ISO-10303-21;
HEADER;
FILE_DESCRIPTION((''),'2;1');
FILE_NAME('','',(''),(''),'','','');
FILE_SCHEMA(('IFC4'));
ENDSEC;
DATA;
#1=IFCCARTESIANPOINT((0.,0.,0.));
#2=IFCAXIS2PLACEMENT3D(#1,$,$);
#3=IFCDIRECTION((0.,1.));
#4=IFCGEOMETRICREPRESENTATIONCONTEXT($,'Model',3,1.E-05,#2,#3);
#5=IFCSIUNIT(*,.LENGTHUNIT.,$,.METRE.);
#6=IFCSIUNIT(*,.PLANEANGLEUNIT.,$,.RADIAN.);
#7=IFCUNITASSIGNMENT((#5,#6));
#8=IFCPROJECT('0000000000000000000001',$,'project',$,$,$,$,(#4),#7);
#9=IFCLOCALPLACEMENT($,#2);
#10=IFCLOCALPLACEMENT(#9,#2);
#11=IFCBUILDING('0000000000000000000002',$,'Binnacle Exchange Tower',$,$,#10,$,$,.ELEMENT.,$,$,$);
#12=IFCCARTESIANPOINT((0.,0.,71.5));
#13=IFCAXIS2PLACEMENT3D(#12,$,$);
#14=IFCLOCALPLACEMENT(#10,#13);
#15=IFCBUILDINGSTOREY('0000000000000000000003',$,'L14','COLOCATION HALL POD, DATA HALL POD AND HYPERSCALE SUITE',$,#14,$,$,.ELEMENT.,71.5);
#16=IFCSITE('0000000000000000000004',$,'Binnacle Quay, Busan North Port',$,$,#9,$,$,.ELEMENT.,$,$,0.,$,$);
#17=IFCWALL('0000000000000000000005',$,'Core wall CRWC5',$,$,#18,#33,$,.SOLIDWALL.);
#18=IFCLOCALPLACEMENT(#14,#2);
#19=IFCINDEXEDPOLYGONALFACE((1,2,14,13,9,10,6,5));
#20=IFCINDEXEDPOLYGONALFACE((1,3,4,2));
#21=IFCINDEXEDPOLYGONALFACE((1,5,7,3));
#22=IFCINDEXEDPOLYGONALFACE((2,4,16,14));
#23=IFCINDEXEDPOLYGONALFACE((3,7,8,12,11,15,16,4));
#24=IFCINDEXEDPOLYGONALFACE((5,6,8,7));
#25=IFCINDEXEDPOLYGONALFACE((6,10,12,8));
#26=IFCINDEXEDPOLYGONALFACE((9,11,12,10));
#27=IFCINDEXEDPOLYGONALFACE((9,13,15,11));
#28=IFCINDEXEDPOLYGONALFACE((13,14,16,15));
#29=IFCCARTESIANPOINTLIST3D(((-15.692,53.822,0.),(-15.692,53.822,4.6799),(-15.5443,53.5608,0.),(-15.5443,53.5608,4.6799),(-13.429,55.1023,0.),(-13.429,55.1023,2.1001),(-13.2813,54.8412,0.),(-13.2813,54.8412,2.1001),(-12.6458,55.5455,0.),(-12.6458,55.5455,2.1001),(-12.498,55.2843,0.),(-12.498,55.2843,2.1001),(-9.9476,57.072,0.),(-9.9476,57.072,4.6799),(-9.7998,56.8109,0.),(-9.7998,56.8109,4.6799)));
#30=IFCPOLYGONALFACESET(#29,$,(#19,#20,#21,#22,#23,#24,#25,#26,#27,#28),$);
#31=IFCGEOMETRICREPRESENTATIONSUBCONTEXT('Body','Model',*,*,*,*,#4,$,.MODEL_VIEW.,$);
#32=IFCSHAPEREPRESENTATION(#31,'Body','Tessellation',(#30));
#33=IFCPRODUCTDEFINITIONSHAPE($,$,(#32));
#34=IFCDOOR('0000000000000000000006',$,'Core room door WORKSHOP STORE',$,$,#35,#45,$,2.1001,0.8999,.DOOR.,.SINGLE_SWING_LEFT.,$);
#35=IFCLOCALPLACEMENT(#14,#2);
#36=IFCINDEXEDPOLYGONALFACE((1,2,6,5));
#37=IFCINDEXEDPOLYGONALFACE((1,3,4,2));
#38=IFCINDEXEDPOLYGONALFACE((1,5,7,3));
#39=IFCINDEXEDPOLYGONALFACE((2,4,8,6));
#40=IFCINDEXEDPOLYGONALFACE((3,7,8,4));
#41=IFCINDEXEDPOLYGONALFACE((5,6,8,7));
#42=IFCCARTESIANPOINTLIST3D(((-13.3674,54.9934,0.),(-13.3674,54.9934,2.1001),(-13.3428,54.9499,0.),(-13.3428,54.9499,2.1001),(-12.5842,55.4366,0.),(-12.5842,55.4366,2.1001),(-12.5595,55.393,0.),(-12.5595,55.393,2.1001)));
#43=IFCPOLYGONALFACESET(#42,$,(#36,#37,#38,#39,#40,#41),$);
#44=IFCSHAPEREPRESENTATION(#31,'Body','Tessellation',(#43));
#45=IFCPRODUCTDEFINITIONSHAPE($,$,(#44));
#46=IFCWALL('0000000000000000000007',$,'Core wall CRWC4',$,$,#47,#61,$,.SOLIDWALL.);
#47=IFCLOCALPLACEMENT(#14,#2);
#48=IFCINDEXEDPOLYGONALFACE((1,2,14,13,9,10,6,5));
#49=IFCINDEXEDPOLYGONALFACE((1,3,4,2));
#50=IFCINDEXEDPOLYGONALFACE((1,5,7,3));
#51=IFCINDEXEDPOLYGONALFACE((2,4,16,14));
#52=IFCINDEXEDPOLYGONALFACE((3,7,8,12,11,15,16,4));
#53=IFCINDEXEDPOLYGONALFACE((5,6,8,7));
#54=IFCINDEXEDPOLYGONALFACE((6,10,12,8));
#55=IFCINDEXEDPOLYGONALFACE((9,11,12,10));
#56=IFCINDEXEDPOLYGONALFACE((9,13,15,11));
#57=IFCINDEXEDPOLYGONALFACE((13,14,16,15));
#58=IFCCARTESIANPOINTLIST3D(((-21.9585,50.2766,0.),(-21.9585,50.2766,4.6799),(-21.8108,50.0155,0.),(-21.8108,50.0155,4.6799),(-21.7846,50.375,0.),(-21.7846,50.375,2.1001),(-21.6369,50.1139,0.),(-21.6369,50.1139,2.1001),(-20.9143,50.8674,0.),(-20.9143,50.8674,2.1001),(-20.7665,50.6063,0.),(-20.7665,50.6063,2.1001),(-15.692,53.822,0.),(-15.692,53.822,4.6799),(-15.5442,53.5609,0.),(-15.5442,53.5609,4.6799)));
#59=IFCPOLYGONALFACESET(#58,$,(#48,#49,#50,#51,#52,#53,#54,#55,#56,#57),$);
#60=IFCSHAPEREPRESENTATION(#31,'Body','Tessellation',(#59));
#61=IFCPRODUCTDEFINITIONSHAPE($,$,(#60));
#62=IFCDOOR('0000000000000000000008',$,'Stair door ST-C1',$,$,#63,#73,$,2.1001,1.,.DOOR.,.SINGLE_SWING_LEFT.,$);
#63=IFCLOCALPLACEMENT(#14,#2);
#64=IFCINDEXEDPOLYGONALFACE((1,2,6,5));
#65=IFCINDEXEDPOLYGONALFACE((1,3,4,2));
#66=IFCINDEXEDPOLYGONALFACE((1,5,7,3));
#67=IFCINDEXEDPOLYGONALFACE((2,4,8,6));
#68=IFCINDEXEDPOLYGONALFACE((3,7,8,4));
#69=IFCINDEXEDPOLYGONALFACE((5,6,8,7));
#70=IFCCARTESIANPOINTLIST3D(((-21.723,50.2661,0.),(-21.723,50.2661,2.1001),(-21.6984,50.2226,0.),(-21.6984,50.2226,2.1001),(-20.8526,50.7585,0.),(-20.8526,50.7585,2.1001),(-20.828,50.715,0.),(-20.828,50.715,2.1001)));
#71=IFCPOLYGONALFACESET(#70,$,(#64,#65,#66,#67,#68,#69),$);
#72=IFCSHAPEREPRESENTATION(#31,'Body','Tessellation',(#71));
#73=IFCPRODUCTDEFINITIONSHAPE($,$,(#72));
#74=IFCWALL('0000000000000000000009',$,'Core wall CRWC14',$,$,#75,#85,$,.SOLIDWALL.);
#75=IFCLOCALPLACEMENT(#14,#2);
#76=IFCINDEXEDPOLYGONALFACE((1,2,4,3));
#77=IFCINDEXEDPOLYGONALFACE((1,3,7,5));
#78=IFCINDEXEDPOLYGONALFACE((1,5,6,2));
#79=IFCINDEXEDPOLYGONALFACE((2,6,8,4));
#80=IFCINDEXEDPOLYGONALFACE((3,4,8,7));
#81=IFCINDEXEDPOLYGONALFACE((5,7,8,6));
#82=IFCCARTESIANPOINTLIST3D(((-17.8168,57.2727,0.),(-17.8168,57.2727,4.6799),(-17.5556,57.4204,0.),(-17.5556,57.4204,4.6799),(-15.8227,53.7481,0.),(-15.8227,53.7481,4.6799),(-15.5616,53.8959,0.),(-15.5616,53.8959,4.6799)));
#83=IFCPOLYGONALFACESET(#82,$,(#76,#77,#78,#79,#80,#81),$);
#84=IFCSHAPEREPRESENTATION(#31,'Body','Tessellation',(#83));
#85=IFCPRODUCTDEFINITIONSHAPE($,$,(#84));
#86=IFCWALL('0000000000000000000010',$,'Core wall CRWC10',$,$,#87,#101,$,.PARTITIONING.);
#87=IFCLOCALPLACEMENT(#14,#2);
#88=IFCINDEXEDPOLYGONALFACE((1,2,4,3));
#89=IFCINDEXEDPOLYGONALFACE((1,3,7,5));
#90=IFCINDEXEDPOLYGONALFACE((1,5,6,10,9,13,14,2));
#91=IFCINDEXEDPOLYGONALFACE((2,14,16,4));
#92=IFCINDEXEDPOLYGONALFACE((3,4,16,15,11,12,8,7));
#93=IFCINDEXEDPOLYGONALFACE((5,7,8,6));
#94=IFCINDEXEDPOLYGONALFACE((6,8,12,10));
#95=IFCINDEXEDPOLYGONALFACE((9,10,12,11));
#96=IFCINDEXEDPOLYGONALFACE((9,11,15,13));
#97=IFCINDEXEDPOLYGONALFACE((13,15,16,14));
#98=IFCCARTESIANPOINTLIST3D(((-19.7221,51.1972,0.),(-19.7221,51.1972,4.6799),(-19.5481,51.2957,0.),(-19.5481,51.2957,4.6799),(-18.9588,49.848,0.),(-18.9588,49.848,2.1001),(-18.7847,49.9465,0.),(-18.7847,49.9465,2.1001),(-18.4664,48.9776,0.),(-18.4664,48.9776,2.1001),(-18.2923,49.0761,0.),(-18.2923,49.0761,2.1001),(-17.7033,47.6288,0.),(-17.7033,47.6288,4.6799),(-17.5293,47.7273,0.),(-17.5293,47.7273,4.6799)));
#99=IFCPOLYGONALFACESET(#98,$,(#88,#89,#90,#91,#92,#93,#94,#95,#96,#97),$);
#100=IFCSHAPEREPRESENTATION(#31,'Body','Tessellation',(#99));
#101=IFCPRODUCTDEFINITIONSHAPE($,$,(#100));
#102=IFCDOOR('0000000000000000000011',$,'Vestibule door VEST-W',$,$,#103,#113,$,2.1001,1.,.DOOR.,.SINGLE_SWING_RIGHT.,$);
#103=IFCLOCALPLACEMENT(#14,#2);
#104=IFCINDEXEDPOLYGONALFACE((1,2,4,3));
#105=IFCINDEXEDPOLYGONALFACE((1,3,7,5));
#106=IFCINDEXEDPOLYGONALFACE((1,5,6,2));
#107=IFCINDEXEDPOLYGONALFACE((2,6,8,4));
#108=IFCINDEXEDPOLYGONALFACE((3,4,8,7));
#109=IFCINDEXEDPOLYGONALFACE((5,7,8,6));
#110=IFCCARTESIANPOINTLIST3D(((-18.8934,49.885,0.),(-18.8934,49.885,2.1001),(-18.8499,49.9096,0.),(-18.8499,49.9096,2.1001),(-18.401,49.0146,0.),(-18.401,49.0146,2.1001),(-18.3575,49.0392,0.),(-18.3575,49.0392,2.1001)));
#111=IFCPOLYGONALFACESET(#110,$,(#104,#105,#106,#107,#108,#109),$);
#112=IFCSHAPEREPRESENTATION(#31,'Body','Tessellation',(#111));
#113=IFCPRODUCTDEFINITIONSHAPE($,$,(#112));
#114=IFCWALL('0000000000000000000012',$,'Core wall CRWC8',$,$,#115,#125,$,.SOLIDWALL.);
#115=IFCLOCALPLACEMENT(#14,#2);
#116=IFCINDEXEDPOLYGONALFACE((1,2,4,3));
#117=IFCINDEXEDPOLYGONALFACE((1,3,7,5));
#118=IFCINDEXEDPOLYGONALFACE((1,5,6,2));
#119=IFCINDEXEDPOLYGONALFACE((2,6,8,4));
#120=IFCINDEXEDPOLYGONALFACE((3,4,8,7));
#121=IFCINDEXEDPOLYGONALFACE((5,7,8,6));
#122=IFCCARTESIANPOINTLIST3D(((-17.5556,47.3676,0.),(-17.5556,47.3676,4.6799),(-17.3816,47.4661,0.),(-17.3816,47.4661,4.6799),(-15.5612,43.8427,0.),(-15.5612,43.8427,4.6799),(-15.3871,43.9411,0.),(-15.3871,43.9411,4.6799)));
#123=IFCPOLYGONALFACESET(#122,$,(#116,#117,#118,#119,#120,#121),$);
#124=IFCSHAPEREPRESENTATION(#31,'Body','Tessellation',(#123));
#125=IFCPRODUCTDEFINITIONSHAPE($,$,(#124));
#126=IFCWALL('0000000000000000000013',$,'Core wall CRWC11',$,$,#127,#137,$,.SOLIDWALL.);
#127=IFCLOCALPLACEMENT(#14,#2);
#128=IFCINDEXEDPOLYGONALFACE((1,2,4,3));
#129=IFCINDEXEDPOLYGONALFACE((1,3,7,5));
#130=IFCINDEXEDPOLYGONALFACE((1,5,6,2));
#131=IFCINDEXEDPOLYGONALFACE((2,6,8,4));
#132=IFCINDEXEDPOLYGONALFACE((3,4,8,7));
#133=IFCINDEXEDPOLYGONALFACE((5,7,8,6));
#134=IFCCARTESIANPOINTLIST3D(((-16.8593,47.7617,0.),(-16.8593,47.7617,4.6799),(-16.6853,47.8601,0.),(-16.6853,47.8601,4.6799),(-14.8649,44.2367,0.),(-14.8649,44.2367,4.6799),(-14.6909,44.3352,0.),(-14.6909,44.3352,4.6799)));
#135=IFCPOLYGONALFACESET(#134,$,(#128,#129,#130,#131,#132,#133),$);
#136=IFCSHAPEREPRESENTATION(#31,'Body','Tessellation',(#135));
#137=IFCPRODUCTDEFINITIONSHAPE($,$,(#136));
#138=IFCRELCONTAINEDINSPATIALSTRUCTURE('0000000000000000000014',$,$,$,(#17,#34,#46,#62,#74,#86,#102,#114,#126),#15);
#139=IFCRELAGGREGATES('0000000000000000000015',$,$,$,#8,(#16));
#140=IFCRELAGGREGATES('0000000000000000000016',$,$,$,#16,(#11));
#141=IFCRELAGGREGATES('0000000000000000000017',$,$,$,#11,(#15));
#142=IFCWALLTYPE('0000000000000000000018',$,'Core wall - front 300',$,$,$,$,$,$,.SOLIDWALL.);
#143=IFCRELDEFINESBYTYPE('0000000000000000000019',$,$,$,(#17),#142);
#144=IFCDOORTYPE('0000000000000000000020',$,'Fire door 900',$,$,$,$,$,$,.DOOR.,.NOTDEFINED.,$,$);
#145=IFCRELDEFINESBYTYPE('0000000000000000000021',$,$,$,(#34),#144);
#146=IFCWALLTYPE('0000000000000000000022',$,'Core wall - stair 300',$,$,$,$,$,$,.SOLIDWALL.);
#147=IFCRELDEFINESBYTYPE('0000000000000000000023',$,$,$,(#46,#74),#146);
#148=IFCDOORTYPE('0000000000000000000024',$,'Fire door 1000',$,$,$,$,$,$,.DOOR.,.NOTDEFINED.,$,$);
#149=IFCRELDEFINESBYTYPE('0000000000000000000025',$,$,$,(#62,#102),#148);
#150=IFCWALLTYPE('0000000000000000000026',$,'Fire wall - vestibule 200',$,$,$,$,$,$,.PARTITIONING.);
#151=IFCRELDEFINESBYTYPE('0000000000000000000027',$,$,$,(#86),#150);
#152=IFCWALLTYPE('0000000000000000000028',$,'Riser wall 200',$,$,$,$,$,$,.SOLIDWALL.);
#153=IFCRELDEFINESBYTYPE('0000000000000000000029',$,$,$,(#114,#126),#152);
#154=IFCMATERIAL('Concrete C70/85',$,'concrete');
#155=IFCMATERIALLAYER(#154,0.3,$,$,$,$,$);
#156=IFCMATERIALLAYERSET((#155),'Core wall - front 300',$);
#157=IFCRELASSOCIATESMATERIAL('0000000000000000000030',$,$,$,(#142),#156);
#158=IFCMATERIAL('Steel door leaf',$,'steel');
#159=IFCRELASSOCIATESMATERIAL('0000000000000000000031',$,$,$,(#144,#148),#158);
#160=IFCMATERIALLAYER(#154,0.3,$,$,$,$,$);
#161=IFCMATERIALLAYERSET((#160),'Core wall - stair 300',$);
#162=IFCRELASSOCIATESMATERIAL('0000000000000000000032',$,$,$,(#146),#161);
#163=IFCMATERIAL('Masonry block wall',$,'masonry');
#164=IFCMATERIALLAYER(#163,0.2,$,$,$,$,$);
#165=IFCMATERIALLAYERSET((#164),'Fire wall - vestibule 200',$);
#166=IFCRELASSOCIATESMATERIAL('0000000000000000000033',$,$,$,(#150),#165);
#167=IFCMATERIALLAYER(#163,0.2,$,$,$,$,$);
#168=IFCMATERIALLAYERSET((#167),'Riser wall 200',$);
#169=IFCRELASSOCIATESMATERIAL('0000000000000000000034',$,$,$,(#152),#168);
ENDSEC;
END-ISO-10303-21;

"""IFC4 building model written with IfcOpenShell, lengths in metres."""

from ifc_helpers import new_model, si_unit, direction, frame, frame_2d, origin, place, context, subcontext, project, spatial, rectangle, extrude, material, layer, layer_set, type_object, element, fill, save


model = new_model("IFC4")

# Units and contexts
model_context = context("Model", 3, precision=1e-05, world=origin(), true_north=direction((0.0, 1.0)))
body_context = subcontext(model_context, "Body", "Model", "MODEL_VIEW")
ifc_project = project(units=[si_unit("LENGTHUNIT", "METRE"), si_unit("PLANEANGLEUNIT", "RADIAN")], contexts=[model_context])

# Site, building, storey
site_placement = place(None, origin())
site = spatial("IfcSite", under=ifc_project, at=site_placement, Name="Binnacle Quay, Busan North Port", CompositionType="ELEMENT", RefElevation=0.0)
building_placement = place(site_placement, origin())
building = spatial("IfcBuilding", under=site, at=building_placement, Name="Binnacle Exchange Tower", CompositionType="ELEMENT")
storey_placement = place(building_placement, frame((0.0, 0.0, 71.5)))
storey = spatial("IfcBuildingStorey", under=building, at=storey_placement, Name="L14", Description="COLOCATION HALL POD, DATA HALL POD AND HYPERSCALE SUITE", CompositionType="ELEMENT", Elevation=71.5)

# Shared definitions
ifc_material_1 = material(Name="Concrete C70/85", Category="concrete")

# Shared definitions
ifc_layer_1 = layer(ifc_material_1, 0.3)
ifc_layer_set_1 = layer_set([ifc_layer_1], Name="Core wall - front 300")
wall_type_1 = type_object("IfcWallType", Name="Core wall - front 300", PredefinedType="SOLIDWALL", material=ifc_layer_set_1)
ifc_material_2 = material(Name="Steel door leaf", Category="steel")
door_type_1 = type_object("IfcDoorType", Name="Fire door 900", OperationType="NOTDEFINED", PredefinedType="DOOR", material=ifc_material_2)

# Walls, openings, doors
wall_1_placement = place(storey_placement, frame((-15.6182, 53.6914, 0.0), z_axis=(0.0, 0.0, 1.0), x_axis=(0.870357, 0.492422, 0.0)))
wall_1 = element("IfcWall", 1, at=wall_1_placement, inside=storey, type_object=wall_type_1, Name="Core wall CRWC5", PredefinedType="SOLIDWALL", context=body_context, shape_type="SweptSolid", body=[
    extrude(rectangle(XDim=6.6001, YDim=0.3, at=frame_2d((3.3, 0.0))), origin(), (0.0, 0.0, 1.0), 4.6799),
])
opening_1_placement = place(wall_1_placement, frame((2.6001, 0.0, 0.0)))
opening_1 = element("IfcOpeningElement", 2, at=opening_1_placement, cuts=wall_1, PredefinedType="OPENING", context=body_context, shape_type="SweptSolid", body=[
    extrude(rectangle(XDim=0.8999, YDim=2.1001, at=frame_2d((0.45, 1.05))), frame((0.0, 0.1599, 0.0), z_axis=(0.0, -1.0, 0.0), x_axis=(1.0, 0.0, 0.0)), (0.0, 0.0, 1.0), 0.3201),
])
door_1_placement = place(opening_1_placement, origin())
door_1 = element("IfcDoor", 3, at=door_1_placement, inside=storey, type_object=door_type_1, Name="Core room door WORKSHOP STORE", OperationType="SINGLE_SWING_LEFT", OverallHeight=2.1001, OverallWidth=0.8999, PredefinedType="DOOR", context=body_context, shape_type="SweptSolid", body=[
    extrude(rectangle(XDim=0.8999, YDim=2.1001, at=frame_2d((0.45, 1.05))), frame((0.0, 0.0249, 0.0), z_axis=(0.0, -1.0, 0.0), x_axis=(1.0, 0.0, 0.0)), (0.0, 0.0, 1.0), 0.05),
])
fill(opening_1, door_1)
ifc_layer_2 = layer(ifc_material_1, 0.3)
ifc_layer_set_2 = layer_set([ifc_layer_2], Name="Core wall - stair 300")
wall_type_2 = type_object("IfcWallType", Name="Core wall - stair 300", PredefinedType="SOLIDWALL", material=ifc_layer_set_2)
wall_2_placement = place(storey_placement, frame((-21.8848, 50.146, 0.0), z_axis=(0.0, 0.0, 1.0), x_axis=(0.870359, 0.492417, 0.0)))
wall_2 = element("IfcWall", 4, at=wall_2_placement, inside=storey, type_object=wall_type_2, Name="Core wall CRWC4", PredefinedType="SOLIDWALL", context=body_context, shape_type="SweptSolid", body=[
    extrude(rectangle(XDim=7.2, YDim=0.3, at=frame_2d((3.6001, 0.0))), origin(), (0.0, 0.0, 1.0), 4.6799),
])
opening_2_placement = place(wall_2_placement, frame((0.2, 0.0, 0.0)))
opening_2 = element("IfcOpeningElement", 5, at=opening_2_placement, cuts=wall_2, PredefinedType="OPENING", context=body_context, shape_type="SweptSolid", body=[
    extrude(rectangle(XDim=1.0, YDim=2.1001, at=frame_2d((0.5, 1.05))), frame((0.0, 0.1599, 0.0), z_axis=(0.0, -1.0, 0.0), x_axis=(1.0, 0.0, 0.0)), (0.0, 0.0, 1.0), 0.3201),
])
door_type_2 = type_object("IfcDoorType", Name="Fire door 1000", OperationType="NOTDEFINED", PredefinedType="DOOR", material=ifc_material_2)
door_2_placement = place(opening_2_placement, origin())
door_2 = element("IfcDoor", 6, at=door_2_placement, inside=storey, type_object=door_type_2, Name="Stair door ST-C1", OperationType="SINGLE_SWING_LEFT", OverallHeight=2.1001, OverallWidth=1.0, PredefinedType="DOOR", context=body_context, shape_type="SweptSolid", body=[
    extrude(rectangle(XDim=1.0, YDim=2.1001, at=frame_2d((0.5, 1.05))), frame((0.0, 0.0249, 0.0), z_axis=(0.0, -1.0, 0.0), x_axis=(1.0, 0.0, 0.0)), (0.0, 0.0, 1.0), 0.05),
])
fill(opening_2, door_2)

# Wall
wall_3_placement = place(storey_placement, frame((-17.6863, 57.3467, 0.0), z_axis=(0.0, 0.0, 1.0), x_axis=(0.492421, -0.870357, 0.0)))
element("IfcWall", 7, at=wall_3_placement, inside=storey, type_object=wall_type_2, Name="Core wall CRWC14", PredefinedType="SOLIDWALL", context=body_context, shape_type="SweptSolid", body=[
    extrude(rectangle(XDim=4.0496, YDim=0.3, at=frame_2d((2.0249, 0.0))), origin(), (0.0, 0.0, 1.0), 4.6799),
])

# Wall, opening, door
ifc_material_3 = material(Name="Masonry block wall", Category="masonry")
ifc_layer_3 = layer(ifc_material_3, 0.2)
ifc_layer_set_3 = layer_set([ifc_layer_3], Name="Fire wall - vestibule 200")
wall_type_3 = type_object("IfcWallType", Name="Fire wall - vestibule 200", PredefinedType="PARTITIONING", material=ifc_layer_set_3)
wall_4_placement = place(storey_placement, frame((-19.635, 51.2463, 0.0), z_axis=(0.0, 0.0, 1.0), x_axis=(0.492408, -0.870364, 0.0)))
wall_4 = element("IfcWall", 8, at=wall_4_placement, inside=storey, type_object=wall_type_3, Name="Core wall CRWC10", PredefinedType="PARTITIONING", context=body_context, shape_type="SweptSolid", body=[
    extrude(rectangle(XDim=4.0999, YDim=0.2, at=frame_2d((2.0498, 0.0))), origin(), (0.0, 0.0, 1.0), 4.6799),
])
opening_3_placement = place(wall_4_placement, frame((1.55, 0.0, 0.0)))
opening_3 = element("IfcOpeningElement", 9, at=opening_3_placement, cuts=wall_4, PredefinedType="OPENING", context=body_context, shape_type="SweptSolid", body=[
    extrude(rectangle(XDim=1.0, YDim=2.1001, at=frame_2d((0.5, 1.05))), frame((0.0, 0.1099, 0.0), z_axis=(0.0, -1.0, 0.0), x_axis=(1.0, 0.0, 0.0)), (0.0, 0.0, 1.0), 0.22),
])
door_3_placement = place(opening_3_placement, frame((1.0, 0.0, 0.0), z_axis=(0.0, 0.0, 1.0), x_axis=(-1.0, 0.0, 0.0)))
door_3 = element("IfcDoor", 10, at=door_3_placement, inside=storey, type_object=door_type_2, Name="Vestibule door VEST-W", OperationType="SINGLE_SWING_RIGHT", OverallHeight=2.1001, OverallWidth=1.0, PredefinedType="DOOR", context=body_context, shape_type="SweptSolid", body=[
    extrude(rectangle(XDim=1.0, YDim=2.1001, at=frame_2d((0.5, 1.05))), frame((0.0, 0.0249, 0.0), z_axis=(0.0, -1.0, 0.0), x_axis=(1.0, 0.0, 0.0)), (0.0, 0.0, 1.0), 0.05),
])
fill(opening_3, door_3)

# Walls
ifc_layer_4 = layer(ifc_material_3, 0.2)
ifc_layer_set_4 = layer_set([ifc_layer_4], Name="Riser wall 200")
wall_type_4 = type_object("IfcWallType", Name="Riser wall 200", PredefinedType="SOLIDWALL", material=ifc_layer_set_4)
for number, where, z_axis, x_axis, name in (
    (11, (-17.4685, 47.4167, 0.0), (0.0, 0.0, 1.0), (0.492441, -0.870346, 0.0), "Core wall CRWC8"),
    (12, (-16.7722, 47.8108, 0.0), (0.0, 0.0, 1.0), (0.492441, -0.870346, 0.0), "Core wall CRWC11"),
):
    element("IfcWall", number, at=place(storey_placement, frame(where, z_axis=z_axis, x_axis=x_axis)), inside=storey, type_object=wall_type_4, Name=name, PredefinedType="SOLIDWALL", context=body_context, shape_type="SweptSolid", body=[
        extrude(rectangle(XDim=4.05, YDim=0.2, at=frame_2d((2.0249, 0.0))), origin(), (0.0, 0.0, 1.0), 4.6799),
    ])

save(model, "model.ifc")
